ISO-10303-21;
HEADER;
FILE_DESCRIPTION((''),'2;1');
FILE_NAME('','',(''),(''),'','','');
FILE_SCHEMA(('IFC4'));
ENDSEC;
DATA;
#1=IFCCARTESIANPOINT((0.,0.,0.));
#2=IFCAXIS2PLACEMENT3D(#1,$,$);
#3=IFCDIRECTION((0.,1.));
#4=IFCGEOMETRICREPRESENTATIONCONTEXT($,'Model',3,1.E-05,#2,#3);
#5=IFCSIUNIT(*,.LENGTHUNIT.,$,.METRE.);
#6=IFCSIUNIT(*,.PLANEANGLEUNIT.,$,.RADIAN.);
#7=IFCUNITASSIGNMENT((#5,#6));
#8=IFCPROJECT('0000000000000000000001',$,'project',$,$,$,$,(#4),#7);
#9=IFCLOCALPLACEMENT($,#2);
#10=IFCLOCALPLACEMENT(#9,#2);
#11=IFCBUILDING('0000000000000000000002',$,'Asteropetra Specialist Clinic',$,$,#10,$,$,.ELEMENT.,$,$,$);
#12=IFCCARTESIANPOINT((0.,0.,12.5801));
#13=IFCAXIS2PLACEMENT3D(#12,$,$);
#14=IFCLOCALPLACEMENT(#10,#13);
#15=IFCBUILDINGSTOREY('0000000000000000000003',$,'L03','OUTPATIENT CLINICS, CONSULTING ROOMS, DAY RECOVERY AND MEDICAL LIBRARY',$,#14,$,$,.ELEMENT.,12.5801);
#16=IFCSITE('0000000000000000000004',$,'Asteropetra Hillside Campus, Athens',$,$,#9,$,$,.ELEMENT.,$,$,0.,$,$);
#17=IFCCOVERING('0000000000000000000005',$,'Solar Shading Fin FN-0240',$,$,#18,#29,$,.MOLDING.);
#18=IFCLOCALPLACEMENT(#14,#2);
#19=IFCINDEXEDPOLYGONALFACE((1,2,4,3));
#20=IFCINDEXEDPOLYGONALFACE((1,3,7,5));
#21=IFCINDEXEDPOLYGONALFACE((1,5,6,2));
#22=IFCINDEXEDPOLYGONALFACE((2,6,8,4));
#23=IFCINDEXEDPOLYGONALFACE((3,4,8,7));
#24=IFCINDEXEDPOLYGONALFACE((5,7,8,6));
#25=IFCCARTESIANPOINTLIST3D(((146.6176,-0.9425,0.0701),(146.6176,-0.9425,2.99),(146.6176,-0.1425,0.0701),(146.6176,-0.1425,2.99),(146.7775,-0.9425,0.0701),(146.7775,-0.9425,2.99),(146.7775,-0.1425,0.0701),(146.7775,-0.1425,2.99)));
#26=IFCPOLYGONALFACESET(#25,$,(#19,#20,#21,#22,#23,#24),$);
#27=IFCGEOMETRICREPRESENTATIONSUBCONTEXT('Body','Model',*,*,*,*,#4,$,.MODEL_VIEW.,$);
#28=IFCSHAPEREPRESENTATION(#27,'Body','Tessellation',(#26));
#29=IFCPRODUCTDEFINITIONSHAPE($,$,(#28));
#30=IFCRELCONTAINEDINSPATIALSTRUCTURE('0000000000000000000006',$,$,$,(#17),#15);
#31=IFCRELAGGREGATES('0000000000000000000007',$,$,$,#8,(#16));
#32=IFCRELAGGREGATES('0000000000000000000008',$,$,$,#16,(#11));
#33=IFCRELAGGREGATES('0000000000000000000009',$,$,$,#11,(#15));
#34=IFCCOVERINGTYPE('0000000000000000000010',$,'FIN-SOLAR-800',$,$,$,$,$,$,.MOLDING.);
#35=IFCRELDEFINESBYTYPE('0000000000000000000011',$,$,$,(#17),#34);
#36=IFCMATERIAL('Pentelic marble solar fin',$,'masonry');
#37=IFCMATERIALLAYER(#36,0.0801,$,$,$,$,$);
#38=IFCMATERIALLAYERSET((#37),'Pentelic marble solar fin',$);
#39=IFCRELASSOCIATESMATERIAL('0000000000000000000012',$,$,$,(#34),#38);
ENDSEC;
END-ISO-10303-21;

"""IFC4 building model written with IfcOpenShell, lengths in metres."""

from ifc_helpers import new_model, si_unit, direction, frame, origin, origin_2d, place, context, subcontext, project, spatial, rectangle, extrude, material, layer, layer_set, type_object, element, save


model = new_model("IFC4")

# Units and contexts
model_context = context("Model", 3, precision=1e-05, world=origin(), true_north=direction((0.0, 1.0)))
body_context = subcontext(model_context, "Body", "Model", "MODEL_VIEW")
ifc_project = project(units=[si_unit("LENGTHUNIT", "METRE"), si_unit("PLANEANGLEUNIT", "RADIAN")], contexts=[model_context])

# Site, building, storey
site_placement = place(None, origin())
site = spatial("IfcSite", under=ifc_project, at=site_placement, Name="Asteropetra Hillside Campus, Athens", CompositionType="ELEMENT", RefElevation=0.0)
building_placement = place(site_placement, origin())
building = spatial("IfcBuilding", under=site, at=building_placement, Name="Asteropetra Specialist Clinic", CompositionType="ELEMENT")
storey_placement = place(building_placement, frame((0.0, 0.0, 12.5801)))
storey = spatial("IfcBuildingStorey", under=building, at=storey_placement, Name="L03", Description="OUTPATIENT CLINICS, CONSULTING ROOMS, DAY RECOVERY AND MEDICAL LIBRARY", CompositionType="ELEMENT", Elevation=12.5801)

# Covering
ifc_material_1 = material(Name="Pentelic marble solar fin", Category="masonry")
ifc_layer_1 = layer(ifc_material_1, 0.0801)
ifc_layer_set_1 = layer_set([ifc_layer_1], Name="Pentelic marble solar fin")
covering_type = type_object("IfcCoveringType", Name="FIN-SOLAR-800", PredefinedType="MOLDING", material=ifc_layer_set_1)
covering_placement = place(storey_placement, frame((146.6975, -0.5425, 0.0701), z_axis=(0.0, 0.0, 1.0), x_axis=(1.0, 0.0, 0.0)))
element("IfcCovering", 1, at=covering_placement, inside=storey, type_object=covering_type, Name="Solar Shading Fin FN-0240", PredefinedType="MOLDING", context=body_context, shape_type="SweptSolid", body=[
    extrude(rectangle(XDim=0.1599, YDim=0.8, at=origin_2d()), origin(), (0.0, 0.0, 1.0), 2.9199),
])

save(model, "model.ifc")
